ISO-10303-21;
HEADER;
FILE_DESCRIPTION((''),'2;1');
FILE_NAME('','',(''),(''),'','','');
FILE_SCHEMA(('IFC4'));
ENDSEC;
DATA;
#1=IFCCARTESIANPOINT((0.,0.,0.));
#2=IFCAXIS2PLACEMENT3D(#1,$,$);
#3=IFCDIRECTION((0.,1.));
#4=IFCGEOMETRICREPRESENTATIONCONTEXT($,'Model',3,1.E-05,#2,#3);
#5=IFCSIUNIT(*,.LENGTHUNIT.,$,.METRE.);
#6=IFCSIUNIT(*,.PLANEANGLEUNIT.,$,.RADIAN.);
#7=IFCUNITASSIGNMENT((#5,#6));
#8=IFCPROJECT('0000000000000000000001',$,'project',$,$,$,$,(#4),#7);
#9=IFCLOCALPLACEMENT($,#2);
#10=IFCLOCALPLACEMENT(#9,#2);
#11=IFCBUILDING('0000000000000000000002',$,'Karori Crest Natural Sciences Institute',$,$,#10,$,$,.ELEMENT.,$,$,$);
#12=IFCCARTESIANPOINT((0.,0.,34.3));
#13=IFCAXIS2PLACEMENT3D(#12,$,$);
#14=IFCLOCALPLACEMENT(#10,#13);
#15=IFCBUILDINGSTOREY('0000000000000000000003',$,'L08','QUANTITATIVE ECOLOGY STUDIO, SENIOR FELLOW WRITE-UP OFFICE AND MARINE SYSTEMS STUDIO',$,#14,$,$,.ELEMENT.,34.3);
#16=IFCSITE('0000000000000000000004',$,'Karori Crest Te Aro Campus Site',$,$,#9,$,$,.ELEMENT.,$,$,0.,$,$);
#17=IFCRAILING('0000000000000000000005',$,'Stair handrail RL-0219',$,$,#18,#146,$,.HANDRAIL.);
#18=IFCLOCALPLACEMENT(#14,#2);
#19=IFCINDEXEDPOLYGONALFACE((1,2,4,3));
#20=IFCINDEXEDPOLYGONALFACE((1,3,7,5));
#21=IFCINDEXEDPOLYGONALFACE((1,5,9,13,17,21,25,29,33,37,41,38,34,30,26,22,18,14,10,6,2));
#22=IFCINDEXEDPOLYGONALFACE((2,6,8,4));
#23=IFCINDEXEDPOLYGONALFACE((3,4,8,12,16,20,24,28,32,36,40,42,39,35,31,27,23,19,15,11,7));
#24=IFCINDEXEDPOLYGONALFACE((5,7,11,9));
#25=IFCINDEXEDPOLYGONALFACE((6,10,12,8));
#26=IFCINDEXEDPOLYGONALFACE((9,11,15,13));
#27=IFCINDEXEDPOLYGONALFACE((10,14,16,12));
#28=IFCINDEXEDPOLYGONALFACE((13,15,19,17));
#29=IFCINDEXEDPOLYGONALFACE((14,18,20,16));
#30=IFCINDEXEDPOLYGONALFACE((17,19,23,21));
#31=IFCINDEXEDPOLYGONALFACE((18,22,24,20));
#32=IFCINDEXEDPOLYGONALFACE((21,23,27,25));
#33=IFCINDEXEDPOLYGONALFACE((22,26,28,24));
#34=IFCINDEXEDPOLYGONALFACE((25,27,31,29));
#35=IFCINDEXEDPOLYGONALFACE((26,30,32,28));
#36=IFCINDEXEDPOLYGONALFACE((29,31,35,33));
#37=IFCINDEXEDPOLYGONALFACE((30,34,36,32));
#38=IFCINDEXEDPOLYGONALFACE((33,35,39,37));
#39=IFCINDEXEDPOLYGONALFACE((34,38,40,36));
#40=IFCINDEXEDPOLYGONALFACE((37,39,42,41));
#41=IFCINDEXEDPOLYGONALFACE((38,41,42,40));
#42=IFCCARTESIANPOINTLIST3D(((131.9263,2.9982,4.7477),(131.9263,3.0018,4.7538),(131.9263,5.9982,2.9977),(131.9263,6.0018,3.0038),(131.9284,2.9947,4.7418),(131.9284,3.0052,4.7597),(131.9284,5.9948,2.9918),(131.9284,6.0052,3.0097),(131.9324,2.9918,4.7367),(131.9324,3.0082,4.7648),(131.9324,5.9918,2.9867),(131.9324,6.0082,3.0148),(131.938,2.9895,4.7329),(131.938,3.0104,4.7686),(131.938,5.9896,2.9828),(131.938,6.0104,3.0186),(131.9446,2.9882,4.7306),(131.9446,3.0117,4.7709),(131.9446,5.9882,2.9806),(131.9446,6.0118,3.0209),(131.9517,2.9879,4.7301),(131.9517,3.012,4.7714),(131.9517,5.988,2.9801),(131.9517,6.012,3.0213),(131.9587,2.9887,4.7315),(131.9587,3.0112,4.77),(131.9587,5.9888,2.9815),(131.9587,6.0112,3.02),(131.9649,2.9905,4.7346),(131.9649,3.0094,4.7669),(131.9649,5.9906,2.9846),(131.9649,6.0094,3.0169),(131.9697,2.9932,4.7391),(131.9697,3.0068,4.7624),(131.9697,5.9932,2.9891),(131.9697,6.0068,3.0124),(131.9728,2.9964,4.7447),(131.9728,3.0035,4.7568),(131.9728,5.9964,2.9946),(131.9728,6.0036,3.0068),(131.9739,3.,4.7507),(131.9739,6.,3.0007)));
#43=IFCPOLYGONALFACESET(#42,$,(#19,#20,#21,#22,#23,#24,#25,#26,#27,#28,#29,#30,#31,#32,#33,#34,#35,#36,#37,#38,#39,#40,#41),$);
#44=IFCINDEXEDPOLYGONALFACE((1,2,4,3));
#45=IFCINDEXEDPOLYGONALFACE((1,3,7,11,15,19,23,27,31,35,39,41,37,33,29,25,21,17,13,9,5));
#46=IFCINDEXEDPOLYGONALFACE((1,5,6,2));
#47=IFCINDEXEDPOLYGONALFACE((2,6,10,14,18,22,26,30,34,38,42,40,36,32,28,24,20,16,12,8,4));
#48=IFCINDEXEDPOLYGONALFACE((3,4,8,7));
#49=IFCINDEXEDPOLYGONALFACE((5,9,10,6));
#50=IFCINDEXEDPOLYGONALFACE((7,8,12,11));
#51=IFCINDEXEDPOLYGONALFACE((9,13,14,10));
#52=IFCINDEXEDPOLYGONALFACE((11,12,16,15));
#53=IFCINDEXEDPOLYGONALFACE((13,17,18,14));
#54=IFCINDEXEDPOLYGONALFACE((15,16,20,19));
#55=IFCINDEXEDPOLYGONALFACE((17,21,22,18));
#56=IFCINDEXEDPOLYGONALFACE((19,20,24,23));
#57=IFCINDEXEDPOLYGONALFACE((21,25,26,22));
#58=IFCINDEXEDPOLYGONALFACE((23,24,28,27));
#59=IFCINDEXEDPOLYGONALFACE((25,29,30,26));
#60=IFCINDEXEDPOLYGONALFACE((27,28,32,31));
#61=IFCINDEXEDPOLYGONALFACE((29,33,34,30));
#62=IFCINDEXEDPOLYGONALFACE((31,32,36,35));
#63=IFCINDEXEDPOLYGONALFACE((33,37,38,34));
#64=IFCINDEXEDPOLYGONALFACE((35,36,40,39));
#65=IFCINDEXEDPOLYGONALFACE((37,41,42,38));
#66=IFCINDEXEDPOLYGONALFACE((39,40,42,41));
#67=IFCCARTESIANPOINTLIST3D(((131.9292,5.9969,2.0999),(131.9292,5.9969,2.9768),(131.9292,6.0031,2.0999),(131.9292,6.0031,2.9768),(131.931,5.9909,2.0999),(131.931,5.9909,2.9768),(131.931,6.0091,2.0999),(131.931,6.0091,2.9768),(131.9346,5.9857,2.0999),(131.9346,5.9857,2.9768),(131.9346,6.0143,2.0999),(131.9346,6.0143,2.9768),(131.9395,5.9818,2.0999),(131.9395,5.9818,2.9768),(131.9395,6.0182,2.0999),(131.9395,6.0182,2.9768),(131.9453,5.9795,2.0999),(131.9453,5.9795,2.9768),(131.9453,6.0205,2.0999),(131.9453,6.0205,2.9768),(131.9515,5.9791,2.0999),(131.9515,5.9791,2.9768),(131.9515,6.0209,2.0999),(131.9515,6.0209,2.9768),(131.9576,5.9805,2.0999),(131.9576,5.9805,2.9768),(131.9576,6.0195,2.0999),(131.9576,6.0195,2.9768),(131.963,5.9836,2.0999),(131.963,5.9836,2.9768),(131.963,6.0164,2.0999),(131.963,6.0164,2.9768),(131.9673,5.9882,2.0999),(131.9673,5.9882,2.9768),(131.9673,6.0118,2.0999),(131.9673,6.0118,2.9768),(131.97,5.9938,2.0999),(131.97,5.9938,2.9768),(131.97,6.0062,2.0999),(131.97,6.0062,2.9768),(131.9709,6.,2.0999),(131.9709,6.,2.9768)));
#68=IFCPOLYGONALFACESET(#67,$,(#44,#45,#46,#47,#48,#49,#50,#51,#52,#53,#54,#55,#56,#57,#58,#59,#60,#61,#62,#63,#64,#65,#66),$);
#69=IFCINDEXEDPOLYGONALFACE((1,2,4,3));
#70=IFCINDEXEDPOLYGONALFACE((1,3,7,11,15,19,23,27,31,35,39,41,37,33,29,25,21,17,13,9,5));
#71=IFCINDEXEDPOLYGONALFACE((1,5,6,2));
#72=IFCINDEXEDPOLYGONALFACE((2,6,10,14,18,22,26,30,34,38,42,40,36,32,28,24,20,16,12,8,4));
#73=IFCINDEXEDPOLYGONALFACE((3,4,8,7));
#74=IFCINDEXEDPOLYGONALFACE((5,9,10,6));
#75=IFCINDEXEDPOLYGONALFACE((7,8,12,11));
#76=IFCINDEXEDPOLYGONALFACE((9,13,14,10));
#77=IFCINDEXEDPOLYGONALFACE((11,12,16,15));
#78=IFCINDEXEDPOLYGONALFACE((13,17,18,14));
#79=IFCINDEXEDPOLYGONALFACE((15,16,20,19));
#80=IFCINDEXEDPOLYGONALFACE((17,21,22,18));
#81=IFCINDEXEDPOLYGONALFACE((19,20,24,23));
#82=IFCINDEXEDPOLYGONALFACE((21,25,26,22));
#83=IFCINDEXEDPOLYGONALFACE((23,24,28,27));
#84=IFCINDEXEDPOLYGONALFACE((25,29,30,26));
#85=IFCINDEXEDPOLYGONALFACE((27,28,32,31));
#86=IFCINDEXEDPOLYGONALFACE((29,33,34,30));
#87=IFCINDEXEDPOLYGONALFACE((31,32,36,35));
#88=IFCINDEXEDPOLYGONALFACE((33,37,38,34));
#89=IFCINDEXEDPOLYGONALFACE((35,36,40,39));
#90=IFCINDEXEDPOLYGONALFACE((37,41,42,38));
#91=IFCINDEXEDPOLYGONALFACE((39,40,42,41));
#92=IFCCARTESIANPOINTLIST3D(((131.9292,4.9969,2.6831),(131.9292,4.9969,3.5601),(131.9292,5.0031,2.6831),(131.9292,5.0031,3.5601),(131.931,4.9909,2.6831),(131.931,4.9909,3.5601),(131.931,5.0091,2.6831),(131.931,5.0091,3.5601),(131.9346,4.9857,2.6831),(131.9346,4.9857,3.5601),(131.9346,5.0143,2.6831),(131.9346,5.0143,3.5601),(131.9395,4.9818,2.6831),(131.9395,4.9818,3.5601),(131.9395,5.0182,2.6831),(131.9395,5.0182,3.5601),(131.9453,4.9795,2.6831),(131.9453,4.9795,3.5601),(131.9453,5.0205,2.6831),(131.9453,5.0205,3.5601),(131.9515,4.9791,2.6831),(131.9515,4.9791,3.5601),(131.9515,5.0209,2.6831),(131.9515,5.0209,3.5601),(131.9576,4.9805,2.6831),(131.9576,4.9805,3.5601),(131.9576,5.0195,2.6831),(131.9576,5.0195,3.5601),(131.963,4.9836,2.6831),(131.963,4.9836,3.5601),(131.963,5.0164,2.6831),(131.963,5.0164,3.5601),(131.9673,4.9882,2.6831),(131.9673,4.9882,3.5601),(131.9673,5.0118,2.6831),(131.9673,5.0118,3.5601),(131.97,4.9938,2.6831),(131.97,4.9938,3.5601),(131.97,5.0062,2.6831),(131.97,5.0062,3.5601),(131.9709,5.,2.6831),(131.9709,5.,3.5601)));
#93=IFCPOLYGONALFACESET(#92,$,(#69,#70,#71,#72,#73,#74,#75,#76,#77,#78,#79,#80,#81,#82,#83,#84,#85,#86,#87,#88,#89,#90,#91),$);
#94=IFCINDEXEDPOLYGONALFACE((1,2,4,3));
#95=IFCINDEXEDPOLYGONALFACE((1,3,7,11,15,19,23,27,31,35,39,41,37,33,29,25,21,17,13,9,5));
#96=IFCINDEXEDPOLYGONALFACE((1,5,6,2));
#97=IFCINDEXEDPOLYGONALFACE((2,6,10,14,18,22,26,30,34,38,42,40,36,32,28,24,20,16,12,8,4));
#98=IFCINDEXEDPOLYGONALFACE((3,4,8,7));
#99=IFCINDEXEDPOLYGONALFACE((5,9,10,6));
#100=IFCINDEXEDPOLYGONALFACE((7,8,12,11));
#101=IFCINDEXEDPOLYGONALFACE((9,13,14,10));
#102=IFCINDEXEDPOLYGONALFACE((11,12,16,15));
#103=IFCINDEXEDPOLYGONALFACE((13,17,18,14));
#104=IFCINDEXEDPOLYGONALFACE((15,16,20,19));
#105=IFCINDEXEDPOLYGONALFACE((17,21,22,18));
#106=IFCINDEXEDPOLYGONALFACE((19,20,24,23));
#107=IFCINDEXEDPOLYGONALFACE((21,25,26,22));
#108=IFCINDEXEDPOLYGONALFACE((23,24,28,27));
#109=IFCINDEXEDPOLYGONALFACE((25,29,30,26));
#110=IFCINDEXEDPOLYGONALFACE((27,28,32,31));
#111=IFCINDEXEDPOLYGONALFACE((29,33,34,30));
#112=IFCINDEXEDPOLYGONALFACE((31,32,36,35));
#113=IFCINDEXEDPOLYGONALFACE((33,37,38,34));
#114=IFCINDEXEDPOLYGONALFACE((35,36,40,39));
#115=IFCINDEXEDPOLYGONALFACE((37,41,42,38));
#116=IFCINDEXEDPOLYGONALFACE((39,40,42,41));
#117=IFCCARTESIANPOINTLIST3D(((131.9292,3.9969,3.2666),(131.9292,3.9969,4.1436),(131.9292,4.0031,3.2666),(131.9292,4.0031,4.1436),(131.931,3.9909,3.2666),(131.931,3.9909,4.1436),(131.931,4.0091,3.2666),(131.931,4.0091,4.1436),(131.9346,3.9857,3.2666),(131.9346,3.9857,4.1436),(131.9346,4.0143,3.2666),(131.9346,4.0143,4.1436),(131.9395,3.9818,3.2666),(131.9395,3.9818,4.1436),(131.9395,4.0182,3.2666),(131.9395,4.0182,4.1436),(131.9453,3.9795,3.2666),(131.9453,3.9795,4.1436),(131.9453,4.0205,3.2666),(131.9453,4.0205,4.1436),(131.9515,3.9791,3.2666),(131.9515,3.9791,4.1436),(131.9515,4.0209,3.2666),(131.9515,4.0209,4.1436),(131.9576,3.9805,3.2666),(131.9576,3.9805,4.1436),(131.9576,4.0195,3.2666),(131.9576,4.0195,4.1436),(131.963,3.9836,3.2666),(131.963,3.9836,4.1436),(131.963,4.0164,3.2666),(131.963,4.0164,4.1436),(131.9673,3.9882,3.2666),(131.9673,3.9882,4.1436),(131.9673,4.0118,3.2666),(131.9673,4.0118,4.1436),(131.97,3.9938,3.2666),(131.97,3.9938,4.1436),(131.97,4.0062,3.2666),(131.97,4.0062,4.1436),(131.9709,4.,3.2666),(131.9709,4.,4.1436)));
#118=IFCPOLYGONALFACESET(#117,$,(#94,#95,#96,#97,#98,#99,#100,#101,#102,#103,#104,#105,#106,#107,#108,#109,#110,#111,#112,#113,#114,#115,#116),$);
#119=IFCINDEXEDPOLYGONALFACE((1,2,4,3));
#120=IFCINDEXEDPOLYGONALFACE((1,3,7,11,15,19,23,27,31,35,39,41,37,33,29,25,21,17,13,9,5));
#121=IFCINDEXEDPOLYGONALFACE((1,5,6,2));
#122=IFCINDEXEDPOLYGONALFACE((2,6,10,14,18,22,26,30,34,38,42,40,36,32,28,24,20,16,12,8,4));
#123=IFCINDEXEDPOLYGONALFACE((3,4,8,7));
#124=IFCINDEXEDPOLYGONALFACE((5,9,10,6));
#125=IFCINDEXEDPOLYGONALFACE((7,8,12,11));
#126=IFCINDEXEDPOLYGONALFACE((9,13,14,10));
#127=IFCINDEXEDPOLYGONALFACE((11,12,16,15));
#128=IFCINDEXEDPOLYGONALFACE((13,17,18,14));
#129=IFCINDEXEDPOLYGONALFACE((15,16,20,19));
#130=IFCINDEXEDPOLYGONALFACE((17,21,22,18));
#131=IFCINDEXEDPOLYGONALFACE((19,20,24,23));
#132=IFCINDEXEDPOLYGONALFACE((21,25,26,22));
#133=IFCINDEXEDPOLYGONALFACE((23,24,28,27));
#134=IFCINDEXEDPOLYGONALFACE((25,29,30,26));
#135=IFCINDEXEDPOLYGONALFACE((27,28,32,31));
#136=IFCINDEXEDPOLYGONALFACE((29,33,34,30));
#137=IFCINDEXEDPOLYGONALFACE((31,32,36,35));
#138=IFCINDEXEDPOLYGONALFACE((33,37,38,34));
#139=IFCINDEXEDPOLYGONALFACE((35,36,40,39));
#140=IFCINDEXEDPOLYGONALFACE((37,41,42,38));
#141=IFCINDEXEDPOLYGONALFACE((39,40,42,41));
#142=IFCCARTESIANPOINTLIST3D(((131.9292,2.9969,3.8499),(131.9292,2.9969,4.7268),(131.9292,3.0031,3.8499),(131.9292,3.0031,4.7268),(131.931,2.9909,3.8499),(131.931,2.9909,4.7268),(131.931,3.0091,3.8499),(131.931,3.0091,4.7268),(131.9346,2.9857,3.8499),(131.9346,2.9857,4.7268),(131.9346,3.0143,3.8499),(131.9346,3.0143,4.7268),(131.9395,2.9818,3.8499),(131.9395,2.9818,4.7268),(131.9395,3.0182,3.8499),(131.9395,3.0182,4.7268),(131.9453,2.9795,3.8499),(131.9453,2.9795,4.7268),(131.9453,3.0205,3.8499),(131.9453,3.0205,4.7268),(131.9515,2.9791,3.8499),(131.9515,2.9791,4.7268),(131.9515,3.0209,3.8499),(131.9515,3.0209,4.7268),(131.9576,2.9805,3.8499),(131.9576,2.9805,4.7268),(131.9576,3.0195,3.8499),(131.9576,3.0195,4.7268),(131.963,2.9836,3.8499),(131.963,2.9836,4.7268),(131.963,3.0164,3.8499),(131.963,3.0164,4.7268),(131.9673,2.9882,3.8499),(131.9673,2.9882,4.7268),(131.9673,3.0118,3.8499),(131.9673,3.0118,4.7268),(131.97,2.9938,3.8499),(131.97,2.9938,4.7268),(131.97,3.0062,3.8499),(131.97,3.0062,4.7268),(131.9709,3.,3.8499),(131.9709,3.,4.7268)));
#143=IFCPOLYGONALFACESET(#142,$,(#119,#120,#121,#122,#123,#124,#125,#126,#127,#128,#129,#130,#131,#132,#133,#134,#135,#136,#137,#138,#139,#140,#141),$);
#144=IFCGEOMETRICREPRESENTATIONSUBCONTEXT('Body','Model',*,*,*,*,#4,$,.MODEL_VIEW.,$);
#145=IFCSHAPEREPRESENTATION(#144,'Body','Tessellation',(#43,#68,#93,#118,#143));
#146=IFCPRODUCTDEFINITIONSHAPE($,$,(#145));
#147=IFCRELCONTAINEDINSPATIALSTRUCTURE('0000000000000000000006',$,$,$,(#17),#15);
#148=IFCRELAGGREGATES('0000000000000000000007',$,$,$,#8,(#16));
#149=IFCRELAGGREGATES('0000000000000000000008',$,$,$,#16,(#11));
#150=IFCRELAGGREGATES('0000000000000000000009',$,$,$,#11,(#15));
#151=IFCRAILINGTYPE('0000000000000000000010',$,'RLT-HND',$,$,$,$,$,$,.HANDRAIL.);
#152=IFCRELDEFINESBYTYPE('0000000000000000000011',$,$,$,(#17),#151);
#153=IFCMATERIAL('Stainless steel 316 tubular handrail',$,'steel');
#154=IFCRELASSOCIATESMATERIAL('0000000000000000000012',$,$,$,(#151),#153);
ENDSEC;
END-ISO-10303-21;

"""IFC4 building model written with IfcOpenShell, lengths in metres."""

from ifc_helpers import new_model, si_unit, direction, frame, origin, origin_2d, place, context, subcontext, project, spatial, circle, extrude, material, type_object, element, save


model = new_model("IFC4")

# Units and contexts
model_context = context("Model", 3, precision=1e-05, world=origin(), true_north=direction((0.0, 1.0)))
body_context = subcontext(model_context, "Body", "Model", "MODEL_VIEW")
ifc_project = project(units=[si_unit("LENGTHUNIT", "METRE"), si_unit("PLANEANGLEUNIT", "RADIAN")], contexts=[model_context])

# Site, building, storey
site_placement = place(None, origin())
site = spatial("IfcSite", under=ifc_project, at=site_placement, Name="Karori Crest Te Aro Campus Site", CompositionType="ELEMENT", RefElevation=0.0)
building_placement = place(site_placement, origin())
building = spatial("IfcBuilding", under=site, at=building_placement, Name="Karori Crest Natural Sciences Institute", CompositionType="ELEMENT")
storey_placement = place(building_placement, frame((0.0, 0.0, 34.3)))
storey = spatial("IfcBuildingStorey", under=building, at=storey_placement, Name="L08", Description="QUANTITATIVE ECOLOGY STUDIO, SENIOR FELLOW WRITE-UP OFFICE AND MARINE SYSTEMS STUDIO", CompositionType="ELEMENT", Elevation=34.3)

# Railing
ifc_material_1 = material(Name="Stainless steel 316 tubular handrail", Category="steel")
railing_type_1 = type_object("IfcRailingType", Name="RLT-HND", PredefinedType="HANDRAIL", material=ifc_material_1)
railing_1_placement = place(storey_placement, frame((131.95, 6.0, 2.0999)))
element("IfcRailing", 1, at=railing_1_placement, inside=storey, type_object=railing_type_1, Name="Stair handrail RL-0219", PredefinedType="HANDRAIL", context=body_context, shape_type="SweptSolid", body=[
    extrude(circle(Radius=0.0239, at=origin_2d()), frame((0.0, 0.0, 0.9009), z_axis=(0.0, -0.863779, 0.503871), x_axis=(1.0, 0.0, 0.0)), (0.0, 0.0, 1.0), 3.4731),
    extrude(circle(Radius=0.021, at=origin_2d()), origin(), (0.0, 0.0, 1.0), 0.877),
    extrude(circle(Radius=0.021, at=origin_2d()), frame((0.0, -1.0, 0.5833)), (0.0, 0.0, 1.0), 0.877),
    extrude(circle(Radius=0.021, at=origin_2d()), frame((0.0, -2.0, 1.1667)), (0.0, 0.0, 1.0), 0.877),
    extrude(circle(Radius=0.021, at=origin_2d()), frame((0.0, -3.0, 1.75)), (0.0, 0.0, 1.0), 0.877),
])

save(model, "model.ifc")
